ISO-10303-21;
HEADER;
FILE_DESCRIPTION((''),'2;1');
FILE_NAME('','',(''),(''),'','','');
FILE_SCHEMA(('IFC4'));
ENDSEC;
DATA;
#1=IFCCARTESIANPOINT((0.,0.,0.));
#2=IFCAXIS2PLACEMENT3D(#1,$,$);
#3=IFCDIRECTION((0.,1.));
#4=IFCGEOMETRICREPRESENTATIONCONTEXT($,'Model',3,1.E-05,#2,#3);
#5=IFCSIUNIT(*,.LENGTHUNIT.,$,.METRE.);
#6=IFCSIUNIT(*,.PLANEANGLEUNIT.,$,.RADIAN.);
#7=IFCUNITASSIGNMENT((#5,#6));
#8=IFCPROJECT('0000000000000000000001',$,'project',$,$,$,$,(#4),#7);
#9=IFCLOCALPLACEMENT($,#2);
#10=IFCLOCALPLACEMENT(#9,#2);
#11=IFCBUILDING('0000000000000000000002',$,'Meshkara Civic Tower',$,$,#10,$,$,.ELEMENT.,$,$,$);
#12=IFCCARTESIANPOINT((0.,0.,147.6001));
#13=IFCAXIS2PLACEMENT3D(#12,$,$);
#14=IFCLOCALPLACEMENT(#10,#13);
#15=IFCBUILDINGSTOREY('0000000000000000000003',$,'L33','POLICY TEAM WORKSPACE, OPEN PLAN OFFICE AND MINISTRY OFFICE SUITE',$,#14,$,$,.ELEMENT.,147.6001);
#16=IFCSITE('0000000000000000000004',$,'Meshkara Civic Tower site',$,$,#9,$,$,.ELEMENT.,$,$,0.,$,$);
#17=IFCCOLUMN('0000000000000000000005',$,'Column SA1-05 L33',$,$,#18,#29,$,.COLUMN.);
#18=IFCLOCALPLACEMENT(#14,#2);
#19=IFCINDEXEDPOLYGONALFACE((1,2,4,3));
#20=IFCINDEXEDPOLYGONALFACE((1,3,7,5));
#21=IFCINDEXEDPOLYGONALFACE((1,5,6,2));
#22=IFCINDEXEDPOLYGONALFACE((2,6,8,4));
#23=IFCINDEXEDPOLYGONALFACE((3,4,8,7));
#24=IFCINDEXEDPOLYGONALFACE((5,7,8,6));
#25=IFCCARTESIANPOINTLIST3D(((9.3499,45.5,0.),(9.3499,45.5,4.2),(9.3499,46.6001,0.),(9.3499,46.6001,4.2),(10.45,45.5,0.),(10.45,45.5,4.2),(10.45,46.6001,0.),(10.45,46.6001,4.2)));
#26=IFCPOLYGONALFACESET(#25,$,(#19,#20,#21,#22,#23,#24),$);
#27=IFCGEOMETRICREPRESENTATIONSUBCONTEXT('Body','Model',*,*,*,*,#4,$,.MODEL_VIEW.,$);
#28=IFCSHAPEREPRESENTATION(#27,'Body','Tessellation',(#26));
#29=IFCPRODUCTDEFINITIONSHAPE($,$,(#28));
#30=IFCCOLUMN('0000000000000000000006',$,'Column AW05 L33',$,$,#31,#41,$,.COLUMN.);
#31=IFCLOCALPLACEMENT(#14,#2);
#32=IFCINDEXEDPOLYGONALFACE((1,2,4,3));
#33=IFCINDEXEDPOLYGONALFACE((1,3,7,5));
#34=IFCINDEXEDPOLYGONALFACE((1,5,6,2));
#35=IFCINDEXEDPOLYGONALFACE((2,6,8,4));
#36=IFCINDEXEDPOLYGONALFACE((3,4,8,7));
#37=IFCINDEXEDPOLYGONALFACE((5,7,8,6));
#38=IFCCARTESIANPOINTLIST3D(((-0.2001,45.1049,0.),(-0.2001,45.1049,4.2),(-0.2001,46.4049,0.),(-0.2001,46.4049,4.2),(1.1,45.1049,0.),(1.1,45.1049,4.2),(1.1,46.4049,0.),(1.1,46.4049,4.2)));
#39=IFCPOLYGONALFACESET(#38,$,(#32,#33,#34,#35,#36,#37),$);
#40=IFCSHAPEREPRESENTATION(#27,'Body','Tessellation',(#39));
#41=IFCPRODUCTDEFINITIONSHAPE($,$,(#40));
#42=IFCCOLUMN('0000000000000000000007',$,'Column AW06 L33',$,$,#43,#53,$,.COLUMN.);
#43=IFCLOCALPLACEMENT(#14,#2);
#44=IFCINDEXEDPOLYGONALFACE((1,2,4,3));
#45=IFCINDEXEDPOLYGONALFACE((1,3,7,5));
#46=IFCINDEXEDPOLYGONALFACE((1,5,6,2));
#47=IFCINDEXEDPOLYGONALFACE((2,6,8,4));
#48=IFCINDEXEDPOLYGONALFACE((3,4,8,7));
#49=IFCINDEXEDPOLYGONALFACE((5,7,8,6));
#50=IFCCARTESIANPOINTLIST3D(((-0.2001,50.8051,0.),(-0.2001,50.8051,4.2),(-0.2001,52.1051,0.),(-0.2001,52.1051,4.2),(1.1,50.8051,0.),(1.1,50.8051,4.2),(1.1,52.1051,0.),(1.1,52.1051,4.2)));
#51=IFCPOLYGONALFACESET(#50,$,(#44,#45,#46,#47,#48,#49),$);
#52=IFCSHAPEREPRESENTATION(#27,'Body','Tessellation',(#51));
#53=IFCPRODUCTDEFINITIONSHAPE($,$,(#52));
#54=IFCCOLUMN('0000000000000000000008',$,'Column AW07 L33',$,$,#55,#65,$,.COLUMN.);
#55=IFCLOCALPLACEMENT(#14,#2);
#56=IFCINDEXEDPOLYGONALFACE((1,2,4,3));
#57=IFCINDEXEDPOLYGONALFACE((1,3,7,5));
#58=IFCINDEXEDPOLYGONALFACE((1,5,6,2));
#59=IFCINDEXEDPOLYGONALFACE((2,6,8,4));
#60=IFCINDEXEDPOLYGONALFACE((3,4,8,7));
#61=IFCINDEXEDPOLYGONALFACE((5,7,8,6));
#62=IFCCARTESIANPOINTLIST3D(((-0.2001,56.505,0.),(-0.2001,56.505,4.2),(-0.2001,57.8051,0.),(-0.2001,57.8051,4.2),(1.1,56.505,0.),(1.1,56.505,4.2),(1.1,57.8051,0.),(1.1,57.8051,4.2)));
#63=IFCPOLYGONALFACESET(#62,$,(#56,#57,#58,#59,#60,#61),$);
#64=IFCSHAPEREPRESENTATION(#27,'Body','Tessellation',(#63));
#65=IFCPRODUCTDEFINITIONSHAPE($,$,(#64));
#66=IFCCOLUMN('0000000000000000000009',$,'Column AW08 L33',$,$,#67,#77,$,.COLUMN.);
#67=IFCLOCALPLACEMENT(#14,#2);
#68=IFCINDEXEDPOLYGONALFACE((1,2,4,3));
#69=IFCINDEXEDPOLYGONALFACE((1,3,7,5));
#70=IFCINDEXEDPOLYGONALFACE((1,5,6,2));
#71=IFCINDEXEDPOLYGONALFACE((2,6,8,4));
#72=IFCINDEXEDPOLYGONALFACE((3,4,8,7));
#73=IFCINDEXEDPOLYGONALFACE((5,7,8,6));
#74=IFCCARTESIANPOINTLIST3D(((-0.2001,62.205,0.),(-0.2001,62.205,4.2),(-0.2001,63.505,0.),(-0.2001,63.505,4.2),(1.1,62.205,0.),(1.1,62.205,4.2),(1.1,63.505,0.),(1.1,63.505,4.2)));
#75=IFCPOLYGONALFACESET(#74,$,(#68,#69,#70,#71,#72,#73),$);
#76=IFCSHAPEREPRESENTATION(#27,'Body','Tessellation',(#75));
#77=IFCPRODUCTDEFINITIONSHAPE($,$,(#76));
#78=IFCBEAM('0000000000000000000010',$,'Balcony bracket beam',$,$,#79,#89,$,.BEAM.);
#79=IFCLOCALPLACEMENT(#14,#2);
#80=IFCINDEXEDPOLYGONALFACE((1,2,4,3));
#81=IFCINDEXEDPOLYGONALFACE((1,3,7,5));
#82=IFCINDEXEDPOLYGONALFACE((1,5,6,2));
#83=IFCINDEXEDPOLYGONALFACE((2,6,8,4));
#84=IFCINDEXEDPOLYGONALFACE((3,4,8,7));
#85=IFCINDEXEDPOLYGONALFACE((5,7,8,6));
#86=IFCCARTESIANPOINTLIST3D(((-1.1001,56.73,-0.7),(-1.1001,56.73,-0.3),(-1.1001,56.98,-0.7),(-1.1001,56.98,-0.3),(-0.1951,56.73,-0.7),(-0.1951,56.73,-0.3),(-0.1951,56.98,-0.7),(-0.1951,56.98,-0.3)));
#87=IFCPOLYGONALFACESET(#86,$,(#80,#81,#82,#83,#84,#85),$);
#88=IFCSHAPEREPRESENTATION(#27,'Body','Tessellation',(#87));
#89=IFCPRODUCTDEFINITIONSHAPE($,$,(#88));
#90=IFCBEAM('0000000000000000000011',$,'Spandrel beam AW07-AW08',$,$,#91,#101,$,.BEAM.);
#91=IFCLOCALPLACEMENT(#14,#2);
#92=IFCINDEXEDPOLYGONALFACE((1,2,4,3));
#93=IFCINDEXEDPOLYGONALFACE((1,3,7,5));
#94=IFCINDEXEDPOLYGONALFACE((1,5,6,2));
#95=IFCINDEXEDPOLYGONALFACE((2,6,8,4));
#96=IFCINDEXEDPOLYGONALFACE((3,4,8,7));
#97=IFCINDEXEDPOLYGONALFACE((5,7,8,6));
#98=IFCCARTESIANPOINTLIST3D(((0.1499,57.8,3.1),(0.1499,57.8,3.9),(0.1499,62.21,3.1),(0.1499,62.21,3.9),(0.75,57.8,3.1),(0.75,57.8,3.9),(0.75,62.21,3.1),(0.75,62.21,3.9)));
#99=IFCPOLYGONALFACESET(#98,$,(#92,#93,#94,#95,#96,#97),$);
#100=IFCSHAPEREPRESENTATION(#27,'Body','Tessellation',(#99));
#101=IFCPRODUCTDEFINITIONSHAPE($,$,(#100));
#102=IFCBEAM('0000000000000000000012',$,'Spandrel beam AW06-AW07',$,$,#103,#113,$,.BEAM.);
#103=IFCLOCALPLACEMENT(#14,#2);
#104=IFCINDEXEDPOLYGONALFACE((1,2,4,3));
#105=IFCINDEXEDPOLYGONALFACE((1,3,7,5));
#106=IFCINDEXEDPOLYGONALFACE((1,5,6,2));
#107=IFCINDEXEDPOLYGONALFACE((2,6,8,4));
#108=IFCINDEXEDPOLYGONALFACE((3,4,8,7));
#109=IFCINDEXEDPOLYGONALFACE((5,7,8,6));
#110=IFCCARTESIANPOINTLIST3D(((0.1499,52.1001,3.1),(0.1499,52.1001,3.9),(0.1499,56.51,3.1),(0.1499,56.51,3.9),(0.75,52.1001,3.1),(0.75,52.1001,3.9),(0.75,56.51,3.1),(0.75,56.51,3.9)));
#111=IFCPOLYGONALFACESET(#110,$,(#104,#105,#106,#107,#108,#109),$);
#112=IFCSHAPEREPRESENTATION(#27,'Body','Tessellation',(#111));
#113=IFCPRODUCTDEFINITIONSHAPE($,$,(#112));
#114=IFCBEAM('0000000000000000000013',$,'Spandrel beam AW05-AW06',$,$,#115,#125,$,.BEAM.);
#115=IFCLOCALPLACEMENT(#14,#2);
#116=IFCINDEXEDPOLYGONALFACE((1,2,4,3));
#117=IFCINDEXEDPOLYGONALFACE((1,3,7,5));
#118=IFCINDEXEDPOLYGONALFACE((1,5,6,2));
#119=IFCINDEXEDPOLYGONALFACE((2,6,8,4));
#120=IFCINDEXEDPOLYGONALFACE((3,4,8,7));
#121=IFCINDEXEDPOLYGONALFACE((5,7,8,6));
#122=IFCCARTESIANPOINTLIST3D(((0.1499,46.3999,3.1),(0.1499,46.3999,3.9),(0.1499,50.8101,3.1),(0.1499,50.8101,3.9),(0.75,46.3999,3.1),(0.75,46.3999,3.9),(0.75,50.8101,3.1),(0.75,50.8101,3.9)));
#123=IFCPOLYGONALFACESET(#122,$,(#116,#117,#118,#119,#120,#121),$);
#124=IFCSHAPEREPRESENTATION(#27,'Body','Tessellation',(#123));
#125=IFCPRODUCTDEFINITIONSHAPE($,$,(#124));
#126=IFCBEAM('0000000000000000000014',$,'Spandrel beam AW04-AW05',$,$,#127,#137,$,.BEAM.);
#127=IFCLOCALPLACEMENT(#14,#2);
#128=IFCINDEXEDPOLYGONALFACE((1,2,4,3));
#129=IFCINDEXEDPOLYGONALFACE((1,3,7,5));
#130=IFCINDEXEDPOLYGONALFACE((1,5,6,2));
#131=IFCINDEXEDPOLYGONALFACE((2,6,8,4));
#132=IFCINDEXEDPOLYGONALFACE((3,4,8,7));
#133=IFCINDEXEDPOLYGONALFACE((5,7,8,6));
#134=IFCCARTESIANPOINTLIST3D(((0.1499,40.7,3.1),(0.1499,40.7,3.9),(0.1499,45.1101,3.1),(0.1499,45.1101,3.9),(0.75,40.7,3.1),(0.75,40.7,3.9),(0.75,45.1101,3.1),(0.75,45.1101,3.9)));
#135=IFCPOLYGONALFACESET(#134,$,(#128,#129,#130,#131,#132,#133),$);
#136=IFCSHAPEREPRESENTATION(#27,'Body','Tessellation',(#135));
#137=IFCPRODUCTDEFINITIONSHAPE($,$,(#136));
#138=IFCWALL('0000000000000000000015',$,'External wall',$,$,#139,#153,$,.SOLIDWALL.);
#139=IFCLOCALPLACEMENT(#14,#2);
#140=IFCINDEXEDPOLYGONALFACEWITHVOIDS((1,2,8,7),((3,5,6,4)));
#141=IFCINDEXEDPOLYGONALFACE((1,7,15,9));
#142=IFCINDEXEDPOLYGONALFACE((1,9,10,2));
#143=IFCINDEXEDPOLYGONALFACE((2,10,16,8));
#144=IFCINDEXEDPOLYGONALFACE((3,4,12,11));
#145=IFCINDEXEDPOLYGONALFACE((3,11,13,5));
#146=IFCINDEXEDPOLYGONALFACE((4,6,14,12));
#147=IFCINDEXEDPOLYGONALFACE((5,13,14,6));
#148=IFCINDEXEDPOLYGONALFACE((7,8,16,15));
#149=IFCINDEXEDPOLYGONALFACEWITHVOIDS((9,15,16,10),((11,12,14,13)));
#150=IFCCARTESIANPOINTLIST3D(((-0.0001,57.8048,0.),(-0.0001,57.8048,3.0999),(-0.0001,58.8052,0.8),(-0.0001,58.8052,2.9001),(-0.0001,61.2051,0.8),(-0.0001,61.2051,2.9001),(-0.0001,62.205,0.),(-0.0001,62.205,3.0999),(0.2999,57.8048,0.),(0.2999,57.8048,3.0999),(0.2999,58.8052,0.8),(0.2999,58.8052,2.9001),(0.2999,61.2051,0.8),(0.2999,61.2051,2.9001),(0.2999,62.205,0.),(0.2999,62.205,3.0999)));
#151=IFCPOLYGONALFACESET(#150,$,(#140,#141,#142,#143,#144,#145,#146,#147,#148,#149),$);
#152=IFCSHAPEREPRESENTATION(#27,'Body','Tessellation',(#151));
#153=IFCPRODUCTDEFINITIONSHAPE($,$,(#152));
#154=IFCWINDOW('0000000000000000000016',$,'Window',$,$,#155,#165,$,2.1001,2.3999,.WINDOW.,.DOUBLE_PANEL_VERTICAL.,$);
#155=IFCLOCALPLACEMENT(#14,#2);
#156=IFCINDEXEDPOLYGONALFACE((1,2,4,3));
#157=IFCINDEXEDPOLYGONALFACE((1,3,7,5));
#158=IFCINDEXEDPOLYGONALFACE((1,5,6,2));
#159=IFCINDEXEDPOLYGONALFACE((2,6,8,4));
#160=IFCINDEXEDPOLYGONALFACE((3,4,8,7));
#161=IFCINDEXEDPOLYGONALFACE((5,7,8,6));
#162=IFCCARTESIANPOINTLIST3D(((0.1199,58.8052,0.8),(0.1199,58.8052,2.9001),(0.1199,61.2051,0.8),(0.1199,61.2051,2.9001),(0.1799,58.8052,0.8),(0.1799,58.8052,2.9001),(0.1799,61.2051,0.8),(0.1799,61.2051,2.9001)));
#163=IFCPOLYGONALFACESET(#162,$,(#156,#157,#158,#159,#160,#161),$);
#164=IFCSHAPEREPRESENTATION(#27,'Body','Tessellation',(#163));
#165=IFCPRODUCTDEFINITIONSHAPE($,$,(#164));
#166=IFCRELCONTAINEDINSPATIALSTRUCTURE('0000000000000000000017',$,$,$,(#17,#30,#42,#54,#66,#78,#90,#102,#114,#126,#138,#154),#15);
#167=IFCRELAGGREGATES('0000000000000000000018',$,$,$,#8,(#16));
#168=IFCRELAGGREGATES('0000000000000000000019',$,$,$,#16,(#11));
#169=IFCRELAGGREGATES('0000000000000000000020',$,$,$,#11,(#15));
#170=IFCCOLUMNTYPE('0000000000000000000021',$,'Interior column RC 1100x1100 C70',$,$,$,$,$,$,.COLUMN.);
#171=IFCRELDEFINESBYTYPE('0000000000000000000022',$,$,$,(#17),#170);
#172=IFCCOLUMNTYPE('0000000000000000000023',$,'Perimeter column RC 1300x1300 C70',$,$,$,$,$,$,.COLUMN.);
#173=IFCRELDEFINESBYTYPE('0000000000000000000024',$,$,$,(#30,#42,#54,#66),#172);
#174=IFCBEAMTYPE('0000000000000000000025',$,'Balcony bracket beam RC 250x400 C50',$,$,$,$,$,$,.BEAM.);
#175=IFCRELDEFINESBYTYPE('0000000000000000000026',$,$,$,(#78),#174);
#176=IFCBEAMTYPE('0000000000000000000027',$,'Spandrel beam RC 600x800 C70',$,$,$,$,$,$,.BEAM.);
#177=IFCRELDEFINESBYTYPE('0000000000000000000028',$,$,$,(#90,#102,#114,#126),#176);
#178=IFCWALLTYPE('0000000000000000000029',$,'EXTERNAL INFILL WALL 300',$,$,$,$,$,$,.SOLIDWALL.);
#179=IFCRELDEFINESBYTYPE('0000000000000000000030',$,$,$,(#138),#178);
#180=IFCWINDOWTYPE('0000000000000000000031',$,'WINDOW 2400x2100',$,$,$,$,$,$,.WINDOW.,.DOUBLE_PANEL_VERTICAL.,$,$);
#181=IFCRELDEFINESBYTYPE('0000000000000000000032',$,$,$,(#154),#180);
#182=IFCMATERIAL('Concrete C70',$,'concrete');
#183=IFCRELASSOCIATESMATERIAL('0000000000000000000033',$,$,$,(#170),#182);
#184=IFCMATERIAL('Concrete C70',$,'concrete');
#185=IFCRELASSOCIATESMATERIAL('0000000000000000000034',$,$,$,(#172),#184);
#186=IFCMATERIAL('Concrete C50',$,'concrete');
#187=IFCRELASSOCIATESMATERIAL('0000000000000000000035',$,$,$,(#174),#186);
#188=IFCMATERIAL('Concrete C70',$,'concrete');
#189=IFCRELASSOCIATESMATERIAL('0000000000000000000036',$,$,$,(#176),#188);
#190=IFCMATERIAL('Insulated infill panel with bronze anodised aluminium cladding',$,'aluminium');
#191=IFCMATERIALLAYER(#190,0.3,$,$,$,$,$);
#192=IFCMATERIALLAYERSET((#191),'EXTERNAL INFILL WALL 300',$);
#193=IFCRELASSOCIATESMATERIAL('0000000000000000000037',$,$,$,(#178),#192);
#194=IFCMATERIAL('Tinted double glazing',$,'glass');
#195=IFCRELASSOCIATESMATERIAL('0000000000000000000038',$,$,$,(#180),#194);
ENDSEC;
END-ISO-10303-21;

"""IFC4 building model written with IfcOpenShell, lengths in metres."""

from ifc_helpers import new_model, si_unit, direction, frame, frame_2d, origin, origin_2d, place, context, subcontext, project, spatial, rectangle, extrude, material, layer, layer_set, material_profile, profile_set, type_object, element, fill, save


model = new_model("IFC4")

# Units and contexts
model_context = context("Model", 3, precision=1e-05, world=origin(), true_north=direction((0.0, 1.0)))
body_context = subcontext(model_context, "Body", "Model", "MODEL_VIEW")
ifc_project = project(units=[si_unit("LENGTHUNIT", "METRE"), si_unit("PLANEANGLEUNIT", "RADIAN")], contexts=[model_context])

# Site, building, storey
site_placement = place(None, origin())
site = spatial("IfcSite", under=ifc_project, at=site_placement, Name="Meshkara Civic Tower site", CompositionType="ELEMENT", RefElevation=0.0)
building_placement = place(site_placement, origin())
building = spatial("IfcBuilding", under=site, at=building_placement, Name="Meshkara Civic Tower", CompositionType="ELEMENT")
storey_placement = place(building_placement, frame((0.0, 0.0, 147.6001)))
storey = spatial("IfcBuildingStorey", under=building, at=storey_placement, Name="L33", Description="POLICY TEAM WORKSPACE, OPEN PLAN OFFICE AND MINISTRY OFFICE SUITE", CompositionType="ELEMENT", Elevation=147.6001)

# Columns
ifc_material_1 = material(Name="Concrete C70", Category="concrete")
ifc_material_profile_1 = material_profile(ifc_material_1, rectangle(XDim=1.1001, YDim=1.1001, at=origin_2d()))
ifc_profile_set_1 = profile_set([ifc_material_profile_1], Name="Concrete C70")
column_type_1 = type_object("IfcColumnType", Name="Interior column RC 1100x1100 C70", PredefinedType="COLUMN", material=ifc_profile_set_1)
column_placement = place(storey_placement, frame((9.8999, 46.05, 0.0), z_axis=(0.0, 0.0, 1.0), x_axis=(1.0, 0.0, 0.0)))
element("IfcColumn", 1, at=column_placement, inside=storey, type_object=column_type_1, Name="Column SA1-05 L33", PredefinedType="COLUMN", context=body_context, shape_type="SweptSolid", body=[
    extrude(rectangle(XDim=1.1001, YDim=1.1001, at=origin_2d()), origin(), (0.0, 0.0, 1.0), 4.2),
])
ifc_material_2 = material(Name="Concrete C70", Category="concrete")
ifc_material_profile_2 = material_profile(ifc_material_2, rectangle(XDim=1.3, YDim=1.3, at=origin_2d()))
ifc_profile_set_2 = profile_set([ifc_material_profile_2], Name="Concrete C70")
column_type_2 = type_object("IfcColumnType", Name="Perimeter column RC 1300x1300 C70", PredefinedType="COLUMN", material=ifc_profile_set_2)
for number, where, z_axis, x_axis, name in (
    (2, (0.45, 45.7549, 0.0), (0.0, 0.0, 1.0), (1.0, 0.0, 0.0), "Column AW05 L33"),
    (3, (0.45, 51.4551, 0.0), (0.0, 0.0, 1.0), (1.0, 0.0, 0.0), "Column AW06 L33"),
    (4, (0.45, 57.155, 0.0), (0.0, 0.0, 1.0), (1.0, 0.0, 0.0), "Column AW07 L33"),
    (5, (0.45, 62.855, 0.0), (0.0, 0.0, 1.0), (1.0, 0.0, 0.0), "Column AW08 L33"),
):
    element("IfcColumn", number, at=place(storey_placement, frame(where, z_axis=z_axis, x_axis=x_axis)), inside=storey, type_object=column_type_2, Name=name, PredefinedType="COLUMN", context=body_context, shape_type="SweptSolid", body=[
        extrude(rectangle(XDim=1.3, YDim=1.3, at=origin_2d()), origin(), (0.0, 0.0, 1.0), 4.2),
    ])

# Beams
ifc_material_3 = material(Name="Concrete C50", Category="concrete")
ifc_material_profile_3 = material_profile(ifc_material_3, rectangle(XDim=0.25, YDim=0.3999, at=origin_2d()))
ifc_profile_set_3 = profile_set([ifc_material_profile_3], Name="Concrete C50")
beam_type_1 = type_object("IfcBeamType", Name="Balcony bracket beam RC 250x400 C50", PredefinedType="BEAM", material=ifc_profile_set_3)
beam_placement = place(storey_placement, frame((-0.1951, 56.855, -0.5), z_axis=(-1.0, 0.0, 0.0), x_axis=(0.0, -1.0, 0.0)))
element("IfcBeam", 6, at=beam_placement, inside=storey, type_object=beam_type_1, Name="Balcony bracket beam", PredefinedType="BEAM", context=body_context, shape_type="SweptSolid", body=[
    extrude(rectangle(XDim=0.25, YDim=0.3999, at=origin_2d()), origin(), (0.0, 0.0, 1.0), 0.905),
])
ifc_material_4 = material(Name="Concrete C70", Category="concrete")
ifc_material_profile_4 = material_profile(ifc_material_4, rectangle(XDim=0.6001, YDim=0.8, at=origin_2d()))
ifc_profile_set_4 = profile_set([ifc_material_profile_4], Name="Concrete C70")
beam_type_2 = type_object("IfcBeamType", Name="Spandrel beam RC 600x800 C70", PredefinedType="BEAM", material=ifc_profile_set_4)
for number, where, z_axis, x_axis, name in (
    (7, (0.45, 62.21, 3.5), (0.0, -1.0, 0.0), (1.0, 0.0, 0.0), "Spandrel beam AW07-AW08"),
    (8, (0.45, 56.51, 3.5), (0.0, -1.0, 0.0), (1.0, 0.0, 0.0), "Spandrel beam AW06-AW07"),
):
    element("IfcBeam", number, at=place(storey_placement, frame(where, z_axis=z_axis, x_axis=x_axis)), inside=storey, type_object=beam_type_2, Name=name, PredefinedType="BEAM", context=body_context, shape_type="SweptSolid", body=[
        extrude(rectangle(XDim=0.6001, YDim=0.8, at=origin_2d()), origin(), (0.0, 0.0, 1.0), 4.4099),
    ])
for number, where, z_axis, x_axis, name in (
    (9, (0.45, 50.8101, 3.5), (0.0, -1.0, 0.0), (1.0, 0.0, 0.0), "Spandrel beam AW05-AW06"),
    (10, (0.45, 45.1101, 3.5), (0.0, -1.0, 0.0), (1.0, 0.0, 0.0), "Spandrel beam AW04-AW05"),
):
    element("IfcBeam", number, at=place(storey_placement, frame(where, z_axis=z_axis, x_axis=x_axis)), inside=storey, type_object=beam_type_2, Name=name, PredefinedType="BEAM", context=body_context, shape_type="SweptSolid", body=[
        extrude(rectangle(XDim=0.6001, YDim=0.8, at=origin_2d()), origin(), (0.0, 0.0, 1.0), 4.4102),
    ])

# Wall, opening, window
ifc_material_5 = material(Name="Insulated infill panel with bronze anodised aluminium cladding", Category="aluminium")
ifc_layer_1 = layer(ifc_material_5, 0.3)
ifc_layer_set_1 = layer_set([ifc_layer_1], Name="EXTERNAL INFILL WALL 300")
wall_type_1 = type_object("IfcWallType", Name="EXTERNAL INFILL WALL 300", PredefinedType="SOLIDWALL", material=ifc_layer_set_1)
wall_1_placement = place(storey_placement, frame((0.1499, 62.2051, 0.0), z_axis=(0.0, 0.0, 1.0), x_axis=(0.0, -1.0, 0.0)))
wall_1 = element("IfcWall", 11, at=wall_1_placement, inside=storey, type_object=wall_type_1, Name="External wall", PredefinedType="SOLIDWALL", context=body_context, shape_type="SweptSolid", body=[
    extrude(rectangle(XDim=4.4001, YDim=0.3, at=frame_2d((2.2002, 0.0))), origin(), (0.0, 0.0, 1.0), 3.0999),
])
opening_1_placement = place(wall_1_placement, frame((1.0, 0.0, 0.8)))
opening_1 = element("IfcOpeningElement", 12, at=opening_1_placement, cuts=wall_1, PredefinedType="OPENING", context=body_context, shape_type="SweptSolid", body=[
    extrude(rectangle(XDim=2.3999, YDim=2.1001, at=frame_2d((1.2, 1.05))), frame((0.0, 0.1599, 0.0), z_axis=(0.0, -1.0, 0.0), x_axis=(1.0, 0.0, 0.0)), (0.0, 0.0, 1.0), 0.3201),
])
ifc_material_6 = material(Name="Tinted double glazing", Category="glass")
window_type = type_object("IfcWindowType", Name="WINDOW 2400x2100", PartitioningType="DOUBLE_PANEL_VERTICAL", PredefinedType="WINDOW", material=ifc_material_6)
window_1_placement = place(opening_1_placement, origin())
window_1 = element("IfcWindow", 13, at=window_1_placement, inside=storey, type_object=window_type, Name="Window", OverallHeight=2.1001, OverallWidth=2.3999, PartitioningType="DOUBLE_PANEL_VERTICAL", PredefinedType="WINDOW", context=body_context, shape_type="SweptSolid", body=[
    extrude(rectangle(XDim=2.3999, YDim=2.1001, at=frame_2d((1.2, 1.05))), frame((0.0, 0.03, 0.0), z_axis=(0.0, -1.0, 0.0), x_axis=(1.0, 0.0, 0.0)), (0.0, 0.0, 1.0), 0.0601),
])
fill(opening_1, window_1)

save(model, "model.ifc")
